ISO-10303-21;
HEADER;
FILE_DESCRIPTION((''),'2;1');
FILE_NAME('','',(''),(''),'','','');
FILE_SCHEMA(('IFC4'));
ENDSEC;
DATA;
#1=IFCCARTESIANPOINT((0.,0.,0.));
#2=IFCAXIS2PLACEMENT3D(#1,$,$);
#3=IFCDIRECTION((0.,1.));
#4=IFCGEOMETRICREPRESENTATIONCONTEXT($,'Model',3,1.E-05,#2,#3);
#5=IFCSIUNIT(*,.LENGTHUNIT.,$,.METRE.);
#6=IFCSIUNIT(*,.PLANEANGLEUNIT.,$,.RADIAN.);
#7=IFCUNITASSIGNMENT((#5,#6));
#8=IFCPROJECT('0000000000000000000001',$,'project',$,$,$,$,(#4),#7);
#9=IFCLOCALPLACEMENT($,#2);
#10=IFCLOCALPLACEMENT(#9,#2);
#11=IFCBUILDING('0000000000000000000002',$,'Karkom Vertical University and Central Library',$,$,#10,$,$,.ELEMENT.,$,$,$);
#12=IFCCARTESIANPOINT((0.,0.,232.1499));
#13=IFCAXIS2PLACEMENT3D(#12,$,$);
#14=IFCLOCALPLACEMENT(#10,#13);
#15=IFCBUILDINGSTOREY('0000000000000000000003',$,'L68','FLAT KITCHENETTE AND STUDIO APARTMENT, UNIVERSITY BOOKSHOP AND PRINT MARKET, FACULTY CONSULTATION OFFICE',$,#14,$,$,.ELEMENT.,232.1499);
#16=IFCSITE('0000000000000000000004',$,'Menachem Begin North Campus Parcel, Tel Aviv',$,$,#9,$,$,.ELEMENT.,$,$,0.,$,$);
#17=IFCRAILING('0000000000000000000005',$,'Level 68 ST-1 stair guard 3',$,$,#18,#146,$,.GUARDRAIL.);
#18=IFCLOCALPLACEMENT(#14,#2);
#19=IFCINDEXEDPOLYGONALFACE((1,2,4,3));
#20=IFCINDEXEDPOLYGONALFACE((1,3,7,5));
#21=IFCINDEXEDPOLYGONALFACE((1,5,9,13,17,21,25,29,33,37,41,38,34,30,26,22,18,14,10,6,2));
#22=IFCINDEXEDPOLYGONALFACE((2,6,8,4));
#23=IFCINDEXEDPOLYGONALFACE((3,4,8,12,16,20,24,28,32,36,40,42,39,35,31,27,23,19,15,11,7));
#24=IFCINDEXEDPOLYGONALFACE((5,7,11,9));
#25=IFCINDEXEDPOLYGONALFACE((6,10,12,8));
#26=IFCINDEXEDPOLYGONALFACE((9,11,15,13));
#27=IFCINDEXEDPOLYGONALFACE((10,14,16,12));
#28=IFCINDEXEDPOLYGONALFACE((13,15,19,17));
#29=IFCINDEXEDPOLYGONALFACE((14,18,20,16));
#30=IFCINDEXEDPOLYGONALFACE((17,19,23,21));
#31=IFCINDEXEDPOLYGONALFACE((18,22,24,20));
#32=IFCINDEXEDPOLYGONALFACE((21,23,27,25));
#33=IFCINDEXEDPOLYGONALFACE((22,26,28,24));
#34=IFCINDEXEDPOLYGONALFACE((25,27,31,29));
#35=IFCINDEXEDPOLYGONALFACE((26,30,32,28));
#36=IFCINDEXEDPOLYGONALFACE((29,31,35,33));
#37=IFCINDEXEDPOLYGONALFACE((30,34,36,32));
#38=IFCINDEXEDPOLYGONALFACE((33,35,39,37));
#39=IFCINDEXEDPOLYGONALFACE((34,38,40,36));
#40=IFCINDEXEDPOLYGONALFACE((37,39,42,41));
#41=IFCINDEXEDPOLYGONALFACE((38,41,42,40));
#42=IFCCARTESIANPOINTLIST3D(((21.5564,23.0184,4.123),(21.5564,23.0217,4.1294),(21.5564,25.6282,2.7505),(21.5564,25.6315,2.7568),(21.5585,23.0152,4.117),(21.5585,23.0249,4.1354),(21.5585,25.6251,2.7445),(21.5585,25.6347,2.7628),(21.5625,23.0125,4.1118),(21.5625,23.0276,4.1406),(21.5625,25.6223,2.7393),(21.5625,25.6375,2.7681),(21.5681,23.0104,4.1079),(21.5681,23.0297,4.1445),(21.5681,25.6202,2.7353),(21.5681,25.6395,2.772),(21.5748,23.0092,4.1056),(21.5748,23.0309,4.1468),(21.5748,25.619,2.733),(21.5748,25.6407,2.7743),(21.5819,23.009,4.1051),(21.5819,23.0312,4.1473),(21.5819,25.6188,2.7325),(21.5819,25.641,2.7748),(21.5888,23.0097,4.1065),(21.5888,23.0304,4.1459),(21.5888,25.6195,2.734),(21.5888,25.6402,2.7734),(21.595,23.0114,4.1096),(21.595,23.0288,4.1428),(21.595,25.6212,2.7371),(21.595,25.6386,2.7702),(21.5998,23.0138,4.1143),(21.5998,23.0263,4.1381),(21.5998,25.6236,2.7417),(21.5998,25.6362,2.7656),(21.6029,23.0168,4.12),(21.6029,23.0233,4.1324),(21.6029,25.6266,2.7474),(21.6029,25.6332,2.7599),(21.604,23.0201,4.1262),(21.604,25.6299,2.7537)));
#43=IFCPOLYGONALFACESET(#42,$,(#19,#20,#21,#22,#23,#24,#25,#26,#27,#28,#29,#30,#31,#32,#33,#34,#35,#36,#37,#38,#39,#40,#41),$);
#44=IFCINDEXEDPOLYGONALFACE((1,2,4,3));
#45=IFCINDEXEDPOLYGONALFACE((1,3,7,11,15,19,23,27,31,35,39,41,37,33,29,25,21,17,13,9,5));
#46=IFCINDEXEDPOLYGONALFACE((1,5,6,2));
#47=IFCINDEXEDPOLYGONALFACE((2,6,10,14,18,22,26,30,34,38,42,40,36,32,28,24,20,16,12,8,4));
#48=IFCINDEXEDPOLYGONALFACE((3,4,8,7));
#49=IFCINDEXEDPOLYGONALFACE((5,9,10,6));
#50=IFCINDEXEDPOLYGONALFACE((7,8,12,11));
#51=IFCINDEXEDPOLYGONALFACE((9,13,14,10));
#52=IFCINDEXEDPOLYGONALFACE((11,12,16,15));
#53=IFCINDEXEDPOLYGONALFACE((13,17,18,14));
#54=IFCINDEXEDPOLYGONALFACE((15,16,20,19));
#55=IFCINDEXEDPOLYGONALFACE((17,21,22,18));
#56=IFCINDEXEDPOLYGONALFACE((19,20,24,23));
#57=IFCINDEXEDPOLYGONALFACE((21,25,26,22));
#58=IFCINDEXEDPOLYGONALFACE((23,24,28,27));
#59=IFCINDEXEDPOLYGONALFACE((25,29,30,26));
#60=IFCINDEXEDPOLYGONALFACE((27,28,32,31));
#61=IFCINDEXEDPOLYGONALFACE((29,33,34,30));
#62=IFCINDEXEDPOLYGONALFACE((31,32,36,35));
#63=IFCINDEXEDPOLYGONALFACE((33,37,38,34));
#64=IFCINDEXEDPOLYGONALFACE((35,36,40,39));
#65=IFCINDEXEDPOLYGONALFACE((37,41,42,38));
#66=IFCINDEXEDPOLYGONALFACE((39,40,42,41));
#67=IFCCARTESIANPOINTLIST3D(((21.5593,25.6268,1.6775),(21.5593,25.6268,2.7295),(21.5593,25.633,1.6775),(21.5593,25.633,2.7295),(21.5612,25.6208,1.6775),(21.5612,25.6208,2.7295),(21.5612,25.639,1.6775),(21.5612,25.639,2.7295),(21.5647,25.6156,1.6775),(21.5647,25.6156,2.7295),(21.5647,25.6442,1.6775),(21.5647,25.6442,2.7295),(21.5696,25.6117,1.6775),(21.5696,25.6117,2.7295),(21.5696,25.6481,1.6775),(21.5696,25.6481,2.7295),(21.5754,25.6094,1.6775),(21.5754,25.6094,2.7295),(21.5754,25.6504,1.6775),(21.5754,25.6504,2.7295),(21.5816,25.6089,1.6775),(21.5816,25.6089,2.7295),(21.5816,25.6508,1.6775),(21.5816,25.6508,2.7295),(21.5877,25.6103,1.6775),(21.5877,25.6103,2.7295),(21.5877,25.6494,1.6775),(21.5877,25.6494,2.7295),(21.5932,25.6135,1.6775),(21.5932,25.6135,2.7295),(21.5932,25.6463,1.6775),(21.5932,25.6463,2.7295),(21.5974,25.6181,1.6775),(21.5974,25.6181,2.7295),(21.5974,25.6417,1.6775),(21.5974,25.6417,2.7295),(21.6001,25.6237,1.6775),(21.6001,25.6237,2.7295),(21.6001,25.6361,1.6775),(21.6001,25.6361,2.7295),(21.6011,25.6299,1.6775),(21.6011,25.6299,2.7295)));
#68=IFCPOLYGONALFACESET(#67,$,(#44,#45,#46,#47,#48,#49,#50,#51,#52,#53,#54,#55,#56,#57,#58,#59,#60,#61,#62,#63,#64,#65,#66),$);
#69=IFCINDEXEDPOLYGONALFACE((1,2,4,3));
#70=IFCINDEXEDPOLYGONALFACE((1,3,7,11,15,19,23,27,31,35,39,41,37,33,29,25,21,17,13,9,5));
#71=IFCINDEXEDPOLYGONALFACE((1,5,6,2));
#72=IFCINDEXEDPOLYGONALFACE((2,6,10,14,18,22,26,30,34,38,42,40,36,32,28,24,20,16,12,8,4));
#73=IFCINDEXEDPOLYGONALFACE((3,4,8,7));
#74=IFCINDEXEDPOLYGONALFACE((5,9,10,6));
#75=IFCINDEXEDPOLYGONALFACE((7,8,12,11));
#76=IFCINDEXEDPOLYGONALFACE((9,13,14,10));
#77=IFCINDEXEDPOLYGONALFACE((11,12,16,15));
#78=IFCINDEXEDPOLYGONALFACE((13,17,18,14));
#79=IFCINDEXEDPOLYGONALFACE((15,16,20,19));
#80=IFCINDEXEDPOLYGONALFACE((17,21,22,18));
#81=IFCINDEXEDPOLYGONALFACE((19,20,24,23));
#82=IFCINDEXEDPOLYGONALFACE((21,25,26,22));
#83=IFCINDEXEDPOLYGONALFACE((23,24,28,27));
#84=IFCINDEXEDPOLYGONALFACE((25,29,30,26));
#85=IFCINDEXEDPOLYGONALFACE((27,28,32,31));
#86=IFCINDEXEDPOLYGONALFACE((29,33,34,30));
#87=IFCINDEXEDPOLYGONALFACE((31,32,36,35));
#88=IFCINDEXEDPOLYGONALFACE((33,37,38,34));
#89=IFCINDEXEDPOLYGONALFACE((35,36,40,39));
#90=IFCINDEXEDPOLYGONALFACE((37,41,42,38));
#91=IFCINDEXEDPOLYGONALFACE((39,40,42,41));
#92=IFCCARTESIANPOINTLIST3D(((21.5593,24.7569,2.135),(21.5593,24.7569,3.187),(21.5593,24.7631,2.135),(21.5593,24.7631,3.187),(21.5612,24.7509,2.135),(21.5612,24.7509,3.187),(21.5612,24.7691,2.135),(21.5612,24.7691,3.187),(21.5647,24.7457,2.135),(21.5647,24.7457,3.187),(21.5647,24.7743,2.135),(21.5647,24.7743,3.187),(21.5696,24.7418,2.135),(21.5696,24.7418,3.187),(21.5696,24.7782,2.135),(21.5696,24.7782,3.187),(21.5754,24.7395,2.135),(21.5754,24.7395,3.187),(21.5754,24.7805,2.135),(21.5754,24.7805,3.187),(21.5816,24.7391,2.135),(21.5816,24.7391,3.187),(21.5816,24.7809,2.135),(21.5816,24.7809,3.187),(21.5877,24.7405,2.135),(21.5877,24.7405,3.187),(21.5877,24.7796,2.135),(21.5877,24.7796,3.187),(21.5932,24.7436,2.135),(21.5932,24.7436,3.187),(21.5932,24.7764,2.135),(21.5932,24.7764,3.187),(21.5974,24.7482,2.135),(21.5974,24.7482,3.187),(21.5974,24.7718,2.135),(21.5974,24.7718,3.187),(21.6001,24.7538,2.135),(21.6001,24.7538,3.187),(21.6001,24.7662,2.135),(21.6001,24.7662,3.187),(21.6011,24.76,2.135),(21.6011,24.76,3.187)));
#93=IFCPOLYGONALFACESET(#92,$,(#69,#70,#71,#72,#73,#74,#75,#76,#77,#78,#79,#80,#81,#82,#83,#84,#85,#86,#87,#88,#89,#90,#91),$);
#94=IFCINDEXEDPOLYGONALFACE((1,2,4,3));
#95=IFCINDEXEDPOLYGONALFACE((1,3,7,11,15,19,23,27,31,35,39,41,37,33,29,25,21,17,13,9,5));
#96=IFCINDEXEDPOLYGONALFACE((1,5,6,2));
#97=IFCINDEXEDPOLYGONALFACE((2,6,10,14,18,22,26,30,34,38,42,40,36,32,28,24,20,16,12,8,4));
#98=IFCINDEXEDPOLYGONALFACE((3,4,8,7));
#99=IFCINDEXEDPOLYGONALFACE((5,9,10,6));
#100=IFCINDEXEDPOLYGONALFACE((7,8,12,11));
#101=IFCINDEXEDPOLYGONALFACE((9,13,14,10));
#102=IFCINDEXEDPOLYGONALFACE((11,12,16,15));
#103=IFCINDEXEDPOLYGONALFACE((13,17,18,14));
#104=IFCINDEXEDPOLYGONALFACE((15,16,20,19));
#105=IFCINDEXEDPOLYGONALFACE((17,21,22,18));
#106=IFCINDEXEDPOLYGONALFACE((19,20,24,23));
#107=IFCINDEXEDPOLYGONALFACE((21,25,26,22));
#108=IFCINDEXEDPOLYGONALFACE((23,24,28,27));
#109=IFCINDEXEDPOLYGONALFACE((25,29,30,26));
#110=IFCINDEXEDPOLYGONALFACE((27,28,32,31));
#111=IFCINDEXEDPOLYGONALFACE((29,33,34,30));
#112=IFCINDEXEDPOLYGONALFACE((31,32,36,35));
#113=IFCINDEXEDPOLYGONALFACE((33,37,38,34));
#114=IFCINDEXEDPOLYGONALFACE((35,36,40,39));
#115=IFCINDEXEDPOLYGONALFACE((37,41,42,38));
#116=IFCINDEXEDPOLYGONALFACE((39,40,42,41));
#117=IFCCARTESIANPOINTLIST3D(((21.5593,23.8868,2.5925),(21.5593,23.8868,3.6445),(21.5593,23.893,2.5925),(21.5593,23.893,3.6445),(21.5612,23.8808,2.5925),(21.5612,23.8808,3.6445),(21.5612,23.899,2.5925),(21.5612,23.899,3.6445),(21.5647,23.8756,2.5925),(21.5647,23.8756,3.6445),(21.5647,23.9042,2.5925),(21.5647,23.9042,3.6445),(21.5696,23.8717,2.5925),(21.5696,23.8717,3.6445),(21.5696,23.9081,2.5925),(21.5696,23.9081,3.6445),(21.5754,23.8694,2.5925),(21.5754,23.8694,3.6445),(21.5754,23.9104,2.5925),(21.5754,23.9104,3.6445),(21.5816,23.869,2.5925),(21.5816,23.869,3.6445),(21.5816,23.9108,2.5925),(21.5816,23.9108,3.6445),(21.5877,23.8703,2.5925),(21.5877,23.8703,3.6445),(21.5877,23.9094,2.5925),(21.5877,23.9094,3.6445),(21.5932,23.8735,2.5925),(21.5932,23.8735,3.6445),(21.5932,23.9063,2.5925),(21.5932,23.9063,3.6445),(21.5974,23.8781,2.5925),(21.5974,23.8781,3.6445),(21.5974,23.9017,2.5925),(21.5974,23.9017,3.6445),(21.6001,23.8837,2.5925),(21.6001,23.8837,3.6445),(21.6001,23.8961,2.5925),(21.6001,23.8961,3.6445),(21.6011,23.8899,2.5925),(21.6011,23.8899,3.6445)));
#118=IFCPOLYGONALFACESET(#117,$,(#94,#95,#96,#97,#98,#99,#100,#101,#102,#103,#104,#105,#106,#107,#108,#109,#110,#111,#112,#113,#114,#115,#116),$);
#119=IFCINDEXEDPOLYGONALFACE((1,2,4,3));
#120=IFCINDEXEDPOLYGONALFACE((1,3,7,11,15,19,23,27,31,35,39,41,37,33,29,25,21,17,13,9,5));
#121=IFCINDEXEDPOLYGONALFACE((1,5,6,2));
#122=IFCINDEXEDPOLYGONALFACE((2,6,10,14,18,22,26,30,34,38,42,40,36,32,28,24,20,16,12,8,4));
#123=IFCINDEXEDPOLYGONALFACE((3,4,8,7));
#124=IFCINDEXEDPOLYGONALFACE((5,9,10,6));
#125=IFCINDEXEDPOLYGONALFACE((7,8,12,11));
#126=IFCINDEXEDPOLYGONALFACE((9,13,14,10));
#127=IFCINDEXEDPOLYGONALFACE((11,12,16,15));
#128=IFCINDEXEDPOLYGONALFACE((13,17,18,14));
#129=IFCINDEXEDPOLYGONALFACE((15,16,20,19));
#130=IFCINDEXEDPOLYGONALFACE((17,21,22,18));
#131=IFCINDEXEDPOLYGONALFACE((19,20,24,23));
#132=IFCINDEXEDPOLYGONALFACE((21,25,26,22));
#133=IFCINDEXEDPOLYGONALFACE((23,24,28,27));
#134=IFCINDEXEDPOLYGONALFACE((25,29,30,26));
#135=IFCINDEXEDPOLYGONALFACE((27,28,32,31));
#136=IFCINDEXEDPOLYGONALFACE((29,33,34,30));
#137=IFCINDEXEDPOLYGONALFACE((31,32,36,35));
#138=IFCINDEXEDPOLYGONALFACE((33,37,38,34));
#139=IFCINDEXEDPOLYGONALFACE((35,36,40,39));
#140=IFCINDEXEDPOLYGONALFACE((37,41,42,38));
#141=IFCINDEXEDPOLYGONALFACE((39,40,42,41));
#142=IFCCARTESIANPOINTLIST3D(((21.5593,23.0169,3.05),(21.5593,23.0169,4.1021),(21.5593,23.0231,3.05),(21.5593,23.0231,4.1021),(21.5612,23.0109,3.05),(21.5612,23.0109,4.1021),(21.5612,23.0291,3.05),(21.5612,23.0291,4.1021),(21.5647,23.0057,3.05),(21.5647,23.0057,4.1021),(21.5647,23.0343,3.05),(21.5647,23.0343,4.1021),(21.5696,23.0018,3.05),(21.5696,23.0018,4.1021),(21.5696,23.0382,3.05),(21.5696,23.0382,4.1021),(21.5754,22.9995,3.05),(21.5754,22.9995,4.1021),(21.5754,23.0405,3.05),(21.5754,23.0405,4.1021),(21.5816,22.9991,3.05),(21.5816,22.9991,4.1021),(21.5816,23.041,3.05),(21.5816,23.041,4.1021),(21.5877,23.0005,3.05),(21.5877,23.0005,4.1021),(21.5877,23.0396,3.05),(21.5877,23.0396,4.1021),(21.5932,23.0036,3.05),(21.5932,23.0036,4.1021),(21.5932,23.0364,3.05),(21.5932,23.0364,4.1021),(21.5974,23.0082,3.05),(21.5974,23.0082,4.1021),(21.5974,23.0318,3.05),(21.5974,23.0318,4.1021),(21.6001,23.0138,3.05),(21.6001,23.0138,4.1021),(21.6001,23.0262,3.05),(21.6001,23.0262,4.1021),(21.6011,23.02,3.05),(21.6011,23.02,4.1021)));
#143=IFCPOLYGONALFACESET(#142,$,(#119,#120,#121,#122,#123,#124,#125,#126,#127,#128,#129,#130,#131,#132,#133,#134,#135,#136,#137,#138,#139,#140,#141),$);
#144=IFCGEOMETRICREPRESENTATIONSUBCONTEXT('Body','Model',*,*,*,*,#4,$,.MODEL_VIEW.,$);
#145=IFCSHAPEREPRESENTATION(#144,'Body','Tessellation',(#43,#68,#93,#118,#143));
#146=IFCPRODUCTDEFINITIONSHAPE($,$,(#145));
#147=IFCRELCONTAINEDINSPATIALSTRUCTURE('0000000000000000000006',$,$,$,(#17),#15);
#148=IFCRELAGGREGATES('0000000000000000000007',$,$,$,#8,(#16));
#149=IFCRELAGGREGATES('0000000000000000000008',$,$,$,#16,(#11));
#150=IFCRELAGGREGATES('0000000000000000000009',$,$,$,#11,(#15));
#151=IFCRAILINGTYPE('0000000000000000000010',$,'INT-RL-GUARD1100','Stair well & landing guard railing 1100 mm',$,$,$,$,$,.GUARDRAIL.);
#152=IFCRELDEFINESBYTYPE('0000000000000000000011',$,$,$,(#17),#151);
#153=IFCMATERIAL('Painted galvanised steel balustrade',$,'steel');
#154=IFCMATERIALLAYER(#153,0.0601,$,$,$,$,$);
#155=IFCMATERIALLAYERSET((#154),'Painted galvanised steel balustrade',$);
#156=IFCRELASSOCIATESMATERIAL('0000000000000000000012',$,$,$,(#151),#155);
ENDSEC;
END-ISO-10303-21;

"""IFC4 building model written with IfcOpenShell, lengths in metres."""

from ifc_helpers import new_model, si_unit, direction, frame, origin, origin_2d, place, context, subcontext, project, spatial, circle, extrude, material, layer, layer_set, type_object, element, save


model = new_model("IFC4")

# Units and contexts
model_context = context("Model", 3, precision=1e-05, world=origin(), true_north=direction((0.0, 1.0)))
body_context = subcontext(model_context, "Body", "Model", "MODEL_VIEW")
ifc_project = project(units=[si_unit("LENGTHUNIT", "METRE"), si_unit("PLANEANGLEUNIT", "RADIAN")], contexts=[model_context])

# Site, building, storey
site_placement = place(None, origin())
site = spatial("IfcSite", under=ifc_project, at=site_placement, Name="Menachem Begin North Campus Parcel, Tel Aviv", CompositionType="ELEMENT", RefElevation=0.0)
building_placement = place(site_placement, origin())
building = spatial("IfcBuilding", under=site, at=building_placement, Name="Karkom Vertical University and Central Library", CompositionType="ELEMENT")
storey_placement = place(building_placement, frame((0.0, 0.0, 232.1499)))
storey = spatial("IfcBuildingStorey", under=building, at=storey_placement, Name="L68", Description="FLAT KITCHENETTE AND STUDIO APARTMENT, UNIVERSITY BOOKSHOP AND PRINT MARKET, FACULTY CONSULTATION OFFICE", CompositionType="ELEMENT", Elevation=232.1499)

# Railing
ifc_material_1 = material(Name="Painted galvanised steel balustrade", Category="steel")
ifc_layer_1 = layer(ifc_material_1, 0.0601)
ifc_layer_set_1 = layer_set([ifc_layer_1], Name="Painted galvanised steel balustrade")
railing_type_1 = type_object("IfcRailingType", Name="INT-RL-GUARD1100", Description="Stair well & landing guard railing 1100 mm", PredefinedType="GUARDRAIL", material=ifc_layer_set_1)
railing_1_placement = place(storey_placement, frame((21.5801, 25.6299, 1.6775)))
element("IfcRailing", 1, at=railing_1_placement, inside=storey, type_object=railing_type_1, Name="Level 68 ST-1 stair guard 3", PredefinedType="GUARDRAIL", context=body_context, shape_type="SweptSolid", body=[
    extrude(circle(Radius=0.0239, at=origin_2d()), frame((0.0, 0.0, 1.0762), z_axis=(0.0, -0.885065, 0.465467), x_axis=(1.0, 0.0, 0.0)), (0.0, 0.0, 1.0), 2.9487),
    extrude(circle(Radius=0.021, at=origin_2d()), origin(), (0.0, 0.0, 1.0), 1.052),
    extrude(circle(Radius=0.021, at=origin_2d()), frame((0.0, -0.8699, 0.4575)), (0.0, 0.0, 1.0), 1.052),
    extrude(circle(Radius=0.021, at=origin_2d()), frame((0.0, -1.74, 0.915)), (0.0, 0.0, 1.0), 1.052),
    extrude(circle(Radius=0.021, at=origin_2d()), frame((0.0, -2.6099, 1.3726)), (0.0, 0.0, 1.0), 1.052),
])

save(model, "model.ifc")
